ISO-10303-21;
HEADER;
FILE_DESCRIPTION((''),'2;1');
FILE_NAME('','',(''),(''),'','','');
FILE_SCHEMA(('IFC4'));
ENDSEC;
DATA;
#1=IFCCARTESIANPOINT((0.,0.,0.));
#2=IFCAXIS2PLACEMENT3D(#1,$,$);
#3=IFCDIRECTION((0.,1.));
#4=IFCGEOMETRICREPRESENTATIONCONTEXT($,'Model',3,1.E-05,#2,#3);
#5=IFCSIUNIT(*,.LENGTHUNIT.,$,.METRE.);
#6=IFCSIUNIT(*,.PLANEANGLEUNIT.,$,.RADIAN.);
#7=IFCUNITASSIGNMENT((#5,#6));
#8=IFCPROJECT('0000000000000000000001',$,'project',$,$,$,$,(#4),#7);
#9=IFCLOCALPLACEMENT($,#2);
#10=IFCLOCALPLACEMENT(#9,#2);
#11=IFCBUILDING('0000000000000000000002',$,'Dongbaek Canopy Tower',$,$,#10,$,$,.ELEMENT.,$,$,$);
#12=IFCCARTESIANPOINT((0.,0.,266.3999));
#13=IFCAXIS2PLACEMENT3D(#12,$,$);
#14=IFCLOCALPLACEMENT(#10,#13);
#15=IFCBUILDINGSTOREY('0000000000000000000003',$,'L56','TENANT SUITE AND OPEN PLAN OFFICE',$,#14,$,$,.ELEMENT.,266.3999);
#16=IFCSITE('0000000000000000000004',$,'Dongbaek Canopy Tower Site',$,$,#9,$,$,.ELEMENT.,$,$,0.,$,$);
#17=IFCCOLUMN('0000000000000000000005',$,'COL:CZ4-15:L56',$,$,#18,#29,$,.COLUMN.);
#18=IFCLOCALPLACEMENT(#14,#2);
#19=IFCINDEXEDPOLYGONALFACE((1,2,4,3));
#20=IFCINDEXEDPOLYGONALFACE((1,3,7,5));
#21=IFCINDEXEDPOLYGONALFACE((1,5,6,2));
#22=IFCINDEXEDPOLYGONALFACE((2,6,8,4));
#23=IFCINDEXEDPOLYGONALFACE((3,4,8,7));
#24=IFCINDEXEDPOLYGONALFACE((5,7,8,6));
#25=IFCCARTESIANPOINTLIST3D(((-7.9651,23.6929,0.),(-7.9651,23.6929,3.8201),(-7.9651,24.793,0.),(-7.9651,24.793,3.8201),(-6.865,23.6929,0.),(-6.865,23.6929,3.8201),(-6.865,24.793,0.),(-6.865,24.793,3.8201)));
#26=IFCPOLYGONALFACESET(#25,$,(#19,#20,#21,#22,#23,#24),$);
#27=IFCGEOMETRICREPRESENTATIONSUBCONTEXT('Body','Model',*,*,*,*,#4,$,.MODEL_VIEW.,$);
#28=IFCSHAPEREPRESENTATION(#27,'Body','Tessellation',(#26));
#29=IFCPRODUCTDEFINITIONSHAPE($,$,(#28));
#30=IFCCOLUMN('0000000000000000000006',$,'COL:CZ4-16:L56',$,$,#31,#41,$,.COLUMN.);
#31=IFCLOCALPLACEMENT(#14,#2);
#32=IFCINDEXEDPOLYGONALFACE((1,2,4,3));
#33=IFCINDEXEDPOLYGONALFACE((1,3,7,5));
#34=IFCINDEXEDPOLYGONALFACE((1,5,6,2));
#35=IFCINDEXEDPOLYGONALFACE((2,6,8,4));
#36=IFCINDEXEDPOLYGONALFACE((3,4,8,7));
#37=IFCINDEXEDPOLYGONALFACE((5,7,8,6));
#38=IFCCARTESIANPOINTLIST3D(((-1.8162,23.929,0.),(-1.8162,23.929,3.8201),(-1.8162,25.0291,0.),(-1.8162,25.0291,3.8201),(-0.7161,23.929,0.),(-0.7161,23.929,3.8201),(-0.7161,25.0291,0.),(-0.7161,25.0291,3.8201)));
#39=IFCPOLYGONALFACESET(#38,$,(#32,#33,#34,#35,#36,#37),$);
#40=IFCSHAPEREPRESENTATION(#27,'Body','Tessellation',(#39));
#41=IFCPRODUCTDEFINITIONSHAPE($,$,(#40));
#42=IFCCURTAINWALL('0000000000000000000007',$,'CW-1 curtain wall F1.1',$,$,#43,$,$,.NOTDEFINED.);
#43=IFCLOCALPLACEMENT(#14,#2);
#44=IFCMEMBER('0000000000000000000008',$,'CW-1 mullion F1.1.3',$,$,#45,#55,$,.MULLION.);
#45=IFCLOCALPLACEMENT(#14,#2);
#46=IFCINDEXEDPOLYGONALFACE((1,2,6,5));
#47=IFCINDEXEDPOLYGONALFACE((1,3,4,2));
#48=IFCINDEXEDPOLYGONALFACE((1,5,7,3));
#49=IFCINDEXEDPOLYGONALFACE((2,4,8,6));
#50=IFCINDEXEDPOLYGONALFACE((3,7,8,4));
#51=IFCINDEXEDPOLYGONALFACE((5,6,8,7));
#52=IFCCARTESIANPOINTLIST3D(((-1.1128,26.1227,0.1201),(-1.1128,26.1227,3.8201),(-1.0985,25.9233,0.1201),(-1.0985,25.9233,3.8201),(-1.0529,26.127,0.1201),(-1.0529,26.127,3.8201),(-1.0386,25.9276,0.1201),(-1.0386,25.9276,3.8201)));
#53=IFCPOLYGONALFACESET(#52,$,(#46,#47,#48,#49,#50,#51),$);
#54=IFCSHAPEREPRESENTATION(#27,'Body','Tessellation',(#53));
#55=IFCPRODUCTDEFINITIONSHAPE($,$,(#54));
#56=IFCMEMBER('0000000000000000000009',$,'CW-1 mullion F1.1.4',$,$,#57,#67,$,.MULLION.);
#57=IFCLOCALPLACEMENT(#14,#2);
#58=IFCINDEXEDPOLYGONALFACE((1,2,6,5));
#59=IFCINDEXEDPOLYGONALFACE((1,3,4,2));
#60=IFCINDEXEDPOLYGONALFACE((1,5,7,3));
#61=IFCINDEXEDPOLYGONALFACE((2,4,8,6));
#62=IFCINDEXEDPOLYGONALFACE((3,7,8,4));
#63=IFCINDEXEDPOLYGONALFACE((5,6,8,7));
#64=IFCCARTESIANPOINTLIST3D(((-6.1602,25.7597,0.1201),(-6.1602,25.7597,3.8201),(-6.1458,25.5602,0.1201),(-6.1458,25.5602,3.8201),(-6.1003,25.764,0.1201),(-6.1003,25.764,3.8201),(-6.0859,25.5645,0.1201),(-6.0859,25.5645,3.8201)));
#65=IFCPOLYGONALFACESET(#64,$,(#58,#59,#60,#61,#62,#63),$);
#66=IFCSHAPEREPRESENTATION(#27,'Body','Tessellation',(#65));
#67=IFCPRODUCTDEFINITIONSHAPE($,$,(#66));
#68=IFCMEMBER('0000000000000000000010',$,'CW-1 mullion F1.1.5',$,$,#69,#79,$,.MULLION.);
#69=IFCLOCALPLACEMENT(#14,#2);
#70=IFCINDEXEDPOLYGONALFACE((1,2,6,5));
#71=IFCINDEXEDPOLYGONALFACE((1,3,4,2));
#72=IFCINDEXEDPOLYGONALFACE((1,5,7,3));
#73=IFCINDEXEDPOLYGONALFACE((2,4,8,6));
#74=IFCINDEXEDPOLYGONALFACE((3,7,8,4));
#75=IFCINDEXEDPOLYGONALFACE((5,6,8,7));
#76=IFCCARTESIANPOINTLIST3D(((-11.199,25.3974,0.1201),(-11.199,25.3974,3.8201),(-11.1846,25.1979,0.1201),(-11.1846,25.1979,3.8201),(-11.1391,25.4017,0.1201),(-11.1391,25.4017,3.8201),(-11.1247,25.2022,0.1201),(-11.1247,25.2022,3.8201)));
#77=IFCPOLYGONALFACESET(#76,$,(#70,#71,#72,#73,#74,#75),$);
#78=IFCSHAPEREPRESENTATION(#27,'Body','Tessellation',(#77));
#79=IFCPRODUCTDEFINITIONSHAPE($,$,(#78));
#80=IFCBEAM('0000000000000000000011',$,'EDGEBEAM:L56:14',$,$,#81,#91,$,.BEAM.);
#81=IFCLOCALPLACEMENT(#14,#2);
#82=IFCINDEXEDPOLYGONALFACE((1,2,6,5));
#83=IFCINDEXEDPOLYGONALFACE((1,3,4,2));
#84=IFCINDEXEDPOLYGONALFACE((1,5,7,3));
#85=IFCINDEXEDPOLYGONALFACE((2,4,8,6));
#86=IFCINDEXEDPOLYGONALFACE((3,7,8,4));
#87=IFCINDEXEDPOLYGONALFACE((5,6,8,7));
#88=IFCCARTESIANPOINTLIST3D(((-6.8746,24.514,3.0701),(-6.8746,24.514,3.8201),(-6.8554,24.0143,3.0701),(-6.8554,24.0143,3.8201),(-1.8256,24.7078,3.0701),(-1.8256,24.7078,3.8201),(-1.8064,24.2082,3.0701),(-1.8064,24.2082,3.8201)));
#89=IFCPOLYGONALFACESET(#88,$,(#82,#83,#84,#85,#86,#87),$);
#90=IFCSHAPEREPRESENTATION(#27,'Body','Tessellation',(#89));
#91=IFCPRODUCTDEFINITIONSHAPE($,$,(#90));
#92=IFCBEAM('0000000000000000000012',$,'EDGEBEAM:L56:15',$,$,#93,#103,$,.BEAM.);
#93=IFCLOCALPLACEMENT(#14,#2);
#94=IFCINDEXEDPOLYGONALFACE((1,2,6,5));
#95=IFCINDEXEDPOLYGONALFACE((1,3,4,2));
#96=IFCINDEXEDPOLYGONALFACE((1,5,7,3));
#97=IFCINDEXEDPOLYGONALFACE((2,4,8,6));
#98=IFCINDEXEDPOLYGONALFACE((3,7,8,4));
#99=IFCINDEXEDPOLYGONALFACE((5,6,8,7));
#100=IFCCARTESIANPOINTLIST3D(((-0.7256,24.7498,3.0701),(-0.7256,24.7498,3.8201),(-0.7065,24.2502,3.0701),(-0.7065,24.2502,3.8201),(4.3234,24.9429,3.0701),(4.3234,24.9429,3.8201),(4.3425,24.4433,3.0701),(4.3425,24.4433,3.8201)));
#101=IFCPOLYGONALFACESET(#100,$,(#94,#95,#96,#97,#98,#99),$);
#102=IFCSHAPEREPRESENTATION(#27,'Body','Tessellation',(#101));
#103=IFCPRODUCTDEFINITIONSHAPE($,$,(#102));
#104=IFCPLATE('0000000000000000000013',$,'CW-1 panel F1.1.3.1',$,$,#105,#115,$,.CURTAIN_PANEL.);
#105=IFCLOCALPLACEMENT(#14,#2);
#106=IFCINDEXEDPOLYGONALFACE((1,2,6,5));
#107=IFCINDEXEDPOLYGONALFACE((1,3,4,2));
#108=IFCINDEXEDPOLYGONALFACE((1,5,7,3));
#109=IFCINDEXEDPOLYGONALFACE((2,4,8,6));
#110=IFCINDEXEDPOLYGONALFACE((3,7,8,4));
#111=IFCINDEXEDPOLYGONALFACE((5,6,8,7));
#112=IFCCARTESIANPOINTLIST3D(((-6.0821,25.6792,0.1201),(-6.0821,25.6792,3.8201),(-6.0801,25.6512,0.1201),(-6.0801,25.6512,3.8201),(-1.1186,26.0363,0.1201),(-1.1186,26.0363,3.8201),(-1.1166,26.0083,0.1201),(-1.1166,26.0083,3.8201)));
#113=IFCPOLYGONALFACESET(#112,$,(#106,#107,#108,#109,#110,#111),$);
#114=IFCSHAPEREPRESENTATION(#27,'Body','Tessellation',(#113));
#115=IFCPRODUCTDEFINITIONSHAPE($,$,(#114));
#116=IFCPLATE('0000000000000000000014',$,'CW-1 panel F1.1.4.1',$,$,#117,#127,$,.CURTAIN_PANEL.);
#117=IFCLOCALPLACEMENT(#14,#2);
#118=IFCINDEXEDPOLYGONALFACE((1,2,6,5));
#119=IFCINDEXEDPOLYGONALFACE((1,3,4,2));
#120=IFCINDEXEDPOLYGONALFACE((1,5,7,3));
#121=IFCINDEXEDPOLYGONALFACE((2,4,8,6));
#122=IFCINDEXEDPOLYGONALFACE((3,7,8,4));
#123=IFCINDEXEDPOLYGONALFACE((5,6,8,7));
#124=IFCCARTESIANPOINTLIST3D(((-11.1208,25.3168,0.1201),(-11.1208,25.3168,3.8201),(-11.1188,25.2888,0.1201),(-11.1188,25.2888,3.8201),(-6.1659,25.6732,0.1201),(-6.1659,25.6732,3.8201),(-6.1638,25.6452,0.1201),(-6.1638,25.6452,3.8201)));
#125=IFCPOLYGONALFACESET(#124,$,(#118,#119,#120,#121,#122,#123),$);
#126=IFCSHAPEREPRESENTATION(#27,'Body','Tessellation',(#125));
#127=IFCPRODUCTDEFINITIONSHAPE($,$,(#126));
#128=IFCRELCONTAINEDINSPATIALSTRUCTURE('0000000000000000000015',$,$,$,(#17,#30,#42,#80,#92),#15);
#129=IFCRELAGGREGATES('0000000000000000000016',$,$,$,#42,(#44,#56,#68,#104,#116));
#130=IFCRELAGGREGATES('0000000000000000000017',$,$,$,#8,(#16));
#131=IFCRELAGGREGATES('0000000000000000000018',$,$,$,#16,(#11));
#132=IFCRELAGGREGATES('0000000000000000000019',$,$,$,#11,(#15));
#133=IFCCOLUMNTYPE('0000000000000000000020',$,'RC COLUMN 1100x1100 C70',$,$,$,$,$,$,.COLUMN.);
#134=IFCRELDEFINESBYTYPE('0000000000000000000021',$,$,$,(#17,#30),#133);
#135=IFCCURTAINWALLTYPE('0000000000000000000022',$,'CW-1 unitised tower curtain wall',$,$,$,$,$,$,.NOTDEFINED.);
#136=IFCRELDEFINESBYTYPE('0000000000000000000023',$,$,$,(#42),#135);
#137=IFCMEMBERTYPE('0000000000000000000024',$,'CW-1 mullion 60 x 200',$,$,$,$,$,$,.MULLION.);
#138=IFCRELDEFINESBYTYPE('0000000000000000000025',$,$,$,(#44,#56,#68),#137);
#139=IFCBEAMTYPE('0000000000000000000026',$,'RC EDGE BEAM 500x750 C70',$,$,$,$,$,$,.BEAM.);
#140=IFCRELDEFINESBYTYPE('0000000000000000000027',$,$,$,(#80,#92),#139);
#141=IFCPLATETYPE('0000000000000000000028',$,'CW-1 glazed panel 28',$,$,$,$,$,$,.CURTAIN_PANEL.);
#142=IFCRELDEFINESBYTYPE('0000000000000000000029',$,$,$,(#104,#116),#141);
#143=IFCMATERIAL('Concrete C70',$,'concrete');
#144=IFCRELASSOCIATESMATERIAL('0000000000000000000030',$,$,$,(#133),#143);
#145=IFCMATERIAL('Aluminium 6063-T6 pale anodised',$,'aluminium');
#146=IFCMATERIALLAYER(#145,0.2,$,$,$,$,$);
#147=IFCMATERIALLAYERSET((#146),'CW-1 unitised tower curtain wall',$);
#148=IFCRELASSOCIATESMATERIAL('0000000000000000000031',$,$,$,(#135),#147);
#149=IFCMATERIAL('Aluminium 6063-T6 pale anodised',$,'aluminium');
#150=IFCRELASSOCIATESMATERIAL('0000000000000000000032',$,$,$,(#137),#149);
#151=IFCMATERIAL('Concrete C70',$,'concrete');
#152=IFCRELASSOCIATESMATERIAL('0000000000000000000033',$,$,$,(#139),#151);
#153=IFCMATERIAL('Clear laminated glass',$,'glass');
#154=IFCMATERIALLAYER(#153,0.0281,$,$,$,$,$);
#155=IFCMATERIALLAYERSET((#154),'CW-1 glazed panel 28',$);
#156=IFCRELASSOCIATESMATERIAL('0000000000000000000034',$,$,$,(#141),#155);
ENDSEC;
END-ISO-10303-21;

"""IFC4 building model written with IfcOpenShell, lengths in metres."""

from ifc_helpers import new_model, si_unit, direction, frame, origin, origin_2d, place, context, subcontext, project, spatial, rectangle, extrude, material, layer, layer_set, material_profile, profile_set, type_object, element, aggregate, save


model = new_model("IFC4")

# Units and contexts
model_context = context("Model", 3, precision=1e-05, world=origin(), true_north=direction((0.0, 1.0)))
body_context = subcontext(model_context, "Body", "Model", "MODEL_VIEW")
ifc_project = project(units=[si_unit("LENGTHUNIT", "METRE"), si_unit("PLANEANGLEUNIT", "RADIAN")], contexts=[model_context])

# Site, building, storey
site_placement = place(None, origin())
site = spatial("IfcSite", under=ifc_project, at=site_placement, Name="Dongbaek Canopy Tower Site", CompositionType="ELEMENT", RefElevation=0.0)
building_placement = place(site_placement, origin())
building = spatial("IfcBuilding", under=site, at=building_placement, Name="Dongbaek Canopy Tower", CompositionType="ELEMENT")
storey_placement = place(building_placement, frame((0.0, 0.0, 266.3999)))
storey = spatial("IfcBuildingStorey", under=building, at=storey_placement, Name="L56", Description="TENANT SUITE AND OPEN PLAN OFFICE", CompositionType="ELEMENT", Elevation=266.3999)

# Columns
ifc_material_1 = material(Name="Concrete C70", Category="concrete")
ifc_material_profile_1 = material_profile(ifc_material_1, rectangle(XDim=1.1001, YDim=1.1001, at=origin_2d()), Name="RC COLUMN 1100x1100 C70")
ifc_profile_set_1 = profile_set([ifc_material_profile_1], Name="Concrete C70")
column_type = type_object("IfcColumnType", Name="RC COLUMN 1100x1100 C70", PredefinedType="COLUMN", material=ifc_profile_set_1)
for number, where, z_axis, x_axis, name in (
    (1, (-7.415, 24.2429, 0.0), (0.0, 0.0, 1.0), (1.0, 0.0, 0.0), "COL:CZ4-15:L56"),
    (2, (-1.2661, 24.479, 0.0), (0.0, 0.0, 1.0), (1.0, 0.0, 0.0), "COL:CZ4-16:L56"),
):
    element("IfcColumn", number, at=place(storey_placement, frame(where, z_axis=z_axis, x_axis=x_axis)), inside=storey, type_object=column_type, Name=name, PredefinedType="COLUMN", context=body_context, shape_type="SweptSolid", body=[
        extrude(rectangle(XDim=1.1001, YDim=1.1001, at=origin_2d()), origin(), (0.0, 0.0, 1.0), 3.8201),
    ])

# Curtain wall, members
ifc_material_2 = material(Name="Aluminium 6063-T6 pale anodised", Category="aluminium")
ifc_layer_1 = layer(ifc_material_2, 0.2)
ifc_layer_set_1 = layer_set([ifc_layer_1], Name="CW-1 unitised tower curtain wall")
curtain_wall_type = type_object("IfcCurtainWallType", Name="CW-1 unitised tower curtain wall", PredefinedType="NOTDEFINED", material=ifc_layer_set_1)
curtain_wall_placement = place(storey_placement, origin())
curtain_wall = element("IfcCurtainWall", 3, at=curtain_wall_placement, inside=storey, type_object=curtain_wall_type, Name="CW-1 curtain wall F1.1", PredefinedType="NOTDEFINED")
ifc_material_3 = material(Name="Aluminium 6063-T6 pale anodised", Category="aluminium")
ifc_material_profile_2 = material_profile(ifc_material_3, rectangle(XDim=0.2, YDim=0.0601, at=origin_2d()), Name="CW-1 mullion 60 x 200")
ifc_profile_set_2 = profile_set([ifc_material_profile_2], Name="Aluminium 6063-T6 pale anodised")
member_type = type_object("IfcMemberType", Name="CW-1 mullion 60 x 200", PredefinedType="MULLION", material=ifc_profile_set_2)
member_1_placement = place(storey_placement, frame((-1.0757, 26.0251, 0.1201), z_axis=(0.0, 0.0, 1.0), x_axis=(-0.071744, 0.997423, 0.0)))
member_1 = element("IfcMember", 4, at=member_1_placement, type_object=member_type, Name="CW-1 mullion F1.1.3", PredefinedType="MULLION", context=body_context, shape_type="SweptSolid", body=[
    extrude(rectangle(XDim=0.2, YDim=0.0601, at=origin_2d()), origin(), (0.0, 0.0, 1.0), 3.7),
])
member_2_placement = place(storey_placement, frame((-6.123, 25.6621, 0.1201), z_axis=(0.0, 0.0, 1.0), x_axis=(-0.071744, 0.997423, 0.0)))
member_2 = element("IfcMember", 5, at=member_2_placement, type_object=member_type, Name="CW-1 mullion F1.1.4", PredefinedType="MULLION", context=body_context, shape_type="SweptSolid", body=[
    extrude(rectangle(XDim=0.2, YDim=0.0601, at=origin_2d()), origin(), (0.0, 0.0, 1.0), 3.7),
])
member_3_placement = place(storey_placement, frame((-11.1619, 25.2998, 0.1201), z_axis=(0.0, 0.0, 1.0), x_axis=(-0.071744, 0.997423, 0.0)))
member_3 = element("IfcMember", 6, at=member_3_placement, type_object=member_type, Name="CW-1 mullion F1.1.5", PredefinedType="MULLION", context=body_context, shape_type="SweptSolid", body=[
    extrude(rectangle(XDim=0.2, YDim=0.0601, at=origin_2d()), origin(), (0.0, 0.0, 1.0), 3.7),
])

# Beams
ifc_material_4 = material(Name="Concrete C70", Category="concrete")
ifc_material_profile_3 = material_profile(ifc_material_4, rectangle(XDim=0.5, YDim=0.75, at=origin_2d()), Name="RC EDGE BEAM 500x750 C70")
ifc_profile_set_3 = profile_set([ifc_material_profile_3], Name="Concrete C70")
beam_type = type_object("IfcBeamType", Name="RC EDGE BEAM 500x750 C70", PredefinedType="BEAM", material=ifc_profile_set_3)
for number, where, z_axis, x_axis, name in (
    (7, (-6.865, 24.2642, 3.4451), (0.999264, 0.038364, 0.0), (-0.038364, 0.999264, 0.0), "EDGEBEAM:L56:14"),
    (8, (-0.7161, 24.5, 3.4451), (0.999269, 0.03822, 0.0), (-0.03822, 0.999269, 0.0), "EDGEBEAM:L56:15"),
):
    element("IfcBeam", number, at=place(storey_placement, frame(where, z_axis=z_axis, x_axis=x_axis)), inside=storey, type_object=beam_type, Name=name, PredefinedType="BEAM", context=body_context, shape_type="SweptSolid", body=[
        extrude(rectangle(XDim=0.5, YDim=0.75, at=origin_2d()), origin(), (0.0, 0.0, 1.0), 5.0527),
    ])

# Plates
ifc_material_5 = material(Name="Clear laminated glass", Category="glass")
ifc_layer_2 = layer(ifc_material_5, 0.0281)
ifc_layer_set_2 = layer_set([ifc_layer_2], Name="CW-1 glazed panel 28")
plate_type = type_object("IfcPlateType", Name="CW-1 glazed panel 28", PredefinedType="CURTAIN_PANEL", material=ifc_layer_set_2)
plate_1_placement = place(storey_placement, frame((-3.5994, 25.8438, 0.1201), z_axis=(0.0, 0.0, 1.0), x_axis=(-0.997423, -0.071744, 0.0)))
plate_1 = element("IfcPlate", 9, at=plate_1_placement, type_object=plate_type, Name="CW-1 panel F1.1.3.1", PredefinedType="CURTAIN_PANEL", context=body_context, shape_type="SweptSolid", body=[
    extrude(rectangle(XDim=4.9763, YDim=0.0281, at=origin_2d()), origin(), (0.0, 0.0, 1.0), 3.7),
])
plate_2_placement = place(storey_placement, frame((-8.6423, 25.481, 0.1201), z_axis=(0.0, 0.0, 1.0), x_axis=(-0.997423, -0.071744, 0.0)))
plate_2 = element("IfcPlate", 10, at=plate_2_placement, type_object=plate_type, Name="CW-1 panel F1.1.4.1", PredefinedType="CURTAIN_PANEL", context=body_context, shape_type="SweptSolid", body=[
    extrude(rectangle(XDim=4.9678, YDim=0.0281, at=origin_2d()), origin(), (0.0, 0.0, 1.0), 3.7),
])

aggregate(curtain_wall, [member_1, member_2, member_3, plate_1, plate_2])

save(model, "model.ifc")
